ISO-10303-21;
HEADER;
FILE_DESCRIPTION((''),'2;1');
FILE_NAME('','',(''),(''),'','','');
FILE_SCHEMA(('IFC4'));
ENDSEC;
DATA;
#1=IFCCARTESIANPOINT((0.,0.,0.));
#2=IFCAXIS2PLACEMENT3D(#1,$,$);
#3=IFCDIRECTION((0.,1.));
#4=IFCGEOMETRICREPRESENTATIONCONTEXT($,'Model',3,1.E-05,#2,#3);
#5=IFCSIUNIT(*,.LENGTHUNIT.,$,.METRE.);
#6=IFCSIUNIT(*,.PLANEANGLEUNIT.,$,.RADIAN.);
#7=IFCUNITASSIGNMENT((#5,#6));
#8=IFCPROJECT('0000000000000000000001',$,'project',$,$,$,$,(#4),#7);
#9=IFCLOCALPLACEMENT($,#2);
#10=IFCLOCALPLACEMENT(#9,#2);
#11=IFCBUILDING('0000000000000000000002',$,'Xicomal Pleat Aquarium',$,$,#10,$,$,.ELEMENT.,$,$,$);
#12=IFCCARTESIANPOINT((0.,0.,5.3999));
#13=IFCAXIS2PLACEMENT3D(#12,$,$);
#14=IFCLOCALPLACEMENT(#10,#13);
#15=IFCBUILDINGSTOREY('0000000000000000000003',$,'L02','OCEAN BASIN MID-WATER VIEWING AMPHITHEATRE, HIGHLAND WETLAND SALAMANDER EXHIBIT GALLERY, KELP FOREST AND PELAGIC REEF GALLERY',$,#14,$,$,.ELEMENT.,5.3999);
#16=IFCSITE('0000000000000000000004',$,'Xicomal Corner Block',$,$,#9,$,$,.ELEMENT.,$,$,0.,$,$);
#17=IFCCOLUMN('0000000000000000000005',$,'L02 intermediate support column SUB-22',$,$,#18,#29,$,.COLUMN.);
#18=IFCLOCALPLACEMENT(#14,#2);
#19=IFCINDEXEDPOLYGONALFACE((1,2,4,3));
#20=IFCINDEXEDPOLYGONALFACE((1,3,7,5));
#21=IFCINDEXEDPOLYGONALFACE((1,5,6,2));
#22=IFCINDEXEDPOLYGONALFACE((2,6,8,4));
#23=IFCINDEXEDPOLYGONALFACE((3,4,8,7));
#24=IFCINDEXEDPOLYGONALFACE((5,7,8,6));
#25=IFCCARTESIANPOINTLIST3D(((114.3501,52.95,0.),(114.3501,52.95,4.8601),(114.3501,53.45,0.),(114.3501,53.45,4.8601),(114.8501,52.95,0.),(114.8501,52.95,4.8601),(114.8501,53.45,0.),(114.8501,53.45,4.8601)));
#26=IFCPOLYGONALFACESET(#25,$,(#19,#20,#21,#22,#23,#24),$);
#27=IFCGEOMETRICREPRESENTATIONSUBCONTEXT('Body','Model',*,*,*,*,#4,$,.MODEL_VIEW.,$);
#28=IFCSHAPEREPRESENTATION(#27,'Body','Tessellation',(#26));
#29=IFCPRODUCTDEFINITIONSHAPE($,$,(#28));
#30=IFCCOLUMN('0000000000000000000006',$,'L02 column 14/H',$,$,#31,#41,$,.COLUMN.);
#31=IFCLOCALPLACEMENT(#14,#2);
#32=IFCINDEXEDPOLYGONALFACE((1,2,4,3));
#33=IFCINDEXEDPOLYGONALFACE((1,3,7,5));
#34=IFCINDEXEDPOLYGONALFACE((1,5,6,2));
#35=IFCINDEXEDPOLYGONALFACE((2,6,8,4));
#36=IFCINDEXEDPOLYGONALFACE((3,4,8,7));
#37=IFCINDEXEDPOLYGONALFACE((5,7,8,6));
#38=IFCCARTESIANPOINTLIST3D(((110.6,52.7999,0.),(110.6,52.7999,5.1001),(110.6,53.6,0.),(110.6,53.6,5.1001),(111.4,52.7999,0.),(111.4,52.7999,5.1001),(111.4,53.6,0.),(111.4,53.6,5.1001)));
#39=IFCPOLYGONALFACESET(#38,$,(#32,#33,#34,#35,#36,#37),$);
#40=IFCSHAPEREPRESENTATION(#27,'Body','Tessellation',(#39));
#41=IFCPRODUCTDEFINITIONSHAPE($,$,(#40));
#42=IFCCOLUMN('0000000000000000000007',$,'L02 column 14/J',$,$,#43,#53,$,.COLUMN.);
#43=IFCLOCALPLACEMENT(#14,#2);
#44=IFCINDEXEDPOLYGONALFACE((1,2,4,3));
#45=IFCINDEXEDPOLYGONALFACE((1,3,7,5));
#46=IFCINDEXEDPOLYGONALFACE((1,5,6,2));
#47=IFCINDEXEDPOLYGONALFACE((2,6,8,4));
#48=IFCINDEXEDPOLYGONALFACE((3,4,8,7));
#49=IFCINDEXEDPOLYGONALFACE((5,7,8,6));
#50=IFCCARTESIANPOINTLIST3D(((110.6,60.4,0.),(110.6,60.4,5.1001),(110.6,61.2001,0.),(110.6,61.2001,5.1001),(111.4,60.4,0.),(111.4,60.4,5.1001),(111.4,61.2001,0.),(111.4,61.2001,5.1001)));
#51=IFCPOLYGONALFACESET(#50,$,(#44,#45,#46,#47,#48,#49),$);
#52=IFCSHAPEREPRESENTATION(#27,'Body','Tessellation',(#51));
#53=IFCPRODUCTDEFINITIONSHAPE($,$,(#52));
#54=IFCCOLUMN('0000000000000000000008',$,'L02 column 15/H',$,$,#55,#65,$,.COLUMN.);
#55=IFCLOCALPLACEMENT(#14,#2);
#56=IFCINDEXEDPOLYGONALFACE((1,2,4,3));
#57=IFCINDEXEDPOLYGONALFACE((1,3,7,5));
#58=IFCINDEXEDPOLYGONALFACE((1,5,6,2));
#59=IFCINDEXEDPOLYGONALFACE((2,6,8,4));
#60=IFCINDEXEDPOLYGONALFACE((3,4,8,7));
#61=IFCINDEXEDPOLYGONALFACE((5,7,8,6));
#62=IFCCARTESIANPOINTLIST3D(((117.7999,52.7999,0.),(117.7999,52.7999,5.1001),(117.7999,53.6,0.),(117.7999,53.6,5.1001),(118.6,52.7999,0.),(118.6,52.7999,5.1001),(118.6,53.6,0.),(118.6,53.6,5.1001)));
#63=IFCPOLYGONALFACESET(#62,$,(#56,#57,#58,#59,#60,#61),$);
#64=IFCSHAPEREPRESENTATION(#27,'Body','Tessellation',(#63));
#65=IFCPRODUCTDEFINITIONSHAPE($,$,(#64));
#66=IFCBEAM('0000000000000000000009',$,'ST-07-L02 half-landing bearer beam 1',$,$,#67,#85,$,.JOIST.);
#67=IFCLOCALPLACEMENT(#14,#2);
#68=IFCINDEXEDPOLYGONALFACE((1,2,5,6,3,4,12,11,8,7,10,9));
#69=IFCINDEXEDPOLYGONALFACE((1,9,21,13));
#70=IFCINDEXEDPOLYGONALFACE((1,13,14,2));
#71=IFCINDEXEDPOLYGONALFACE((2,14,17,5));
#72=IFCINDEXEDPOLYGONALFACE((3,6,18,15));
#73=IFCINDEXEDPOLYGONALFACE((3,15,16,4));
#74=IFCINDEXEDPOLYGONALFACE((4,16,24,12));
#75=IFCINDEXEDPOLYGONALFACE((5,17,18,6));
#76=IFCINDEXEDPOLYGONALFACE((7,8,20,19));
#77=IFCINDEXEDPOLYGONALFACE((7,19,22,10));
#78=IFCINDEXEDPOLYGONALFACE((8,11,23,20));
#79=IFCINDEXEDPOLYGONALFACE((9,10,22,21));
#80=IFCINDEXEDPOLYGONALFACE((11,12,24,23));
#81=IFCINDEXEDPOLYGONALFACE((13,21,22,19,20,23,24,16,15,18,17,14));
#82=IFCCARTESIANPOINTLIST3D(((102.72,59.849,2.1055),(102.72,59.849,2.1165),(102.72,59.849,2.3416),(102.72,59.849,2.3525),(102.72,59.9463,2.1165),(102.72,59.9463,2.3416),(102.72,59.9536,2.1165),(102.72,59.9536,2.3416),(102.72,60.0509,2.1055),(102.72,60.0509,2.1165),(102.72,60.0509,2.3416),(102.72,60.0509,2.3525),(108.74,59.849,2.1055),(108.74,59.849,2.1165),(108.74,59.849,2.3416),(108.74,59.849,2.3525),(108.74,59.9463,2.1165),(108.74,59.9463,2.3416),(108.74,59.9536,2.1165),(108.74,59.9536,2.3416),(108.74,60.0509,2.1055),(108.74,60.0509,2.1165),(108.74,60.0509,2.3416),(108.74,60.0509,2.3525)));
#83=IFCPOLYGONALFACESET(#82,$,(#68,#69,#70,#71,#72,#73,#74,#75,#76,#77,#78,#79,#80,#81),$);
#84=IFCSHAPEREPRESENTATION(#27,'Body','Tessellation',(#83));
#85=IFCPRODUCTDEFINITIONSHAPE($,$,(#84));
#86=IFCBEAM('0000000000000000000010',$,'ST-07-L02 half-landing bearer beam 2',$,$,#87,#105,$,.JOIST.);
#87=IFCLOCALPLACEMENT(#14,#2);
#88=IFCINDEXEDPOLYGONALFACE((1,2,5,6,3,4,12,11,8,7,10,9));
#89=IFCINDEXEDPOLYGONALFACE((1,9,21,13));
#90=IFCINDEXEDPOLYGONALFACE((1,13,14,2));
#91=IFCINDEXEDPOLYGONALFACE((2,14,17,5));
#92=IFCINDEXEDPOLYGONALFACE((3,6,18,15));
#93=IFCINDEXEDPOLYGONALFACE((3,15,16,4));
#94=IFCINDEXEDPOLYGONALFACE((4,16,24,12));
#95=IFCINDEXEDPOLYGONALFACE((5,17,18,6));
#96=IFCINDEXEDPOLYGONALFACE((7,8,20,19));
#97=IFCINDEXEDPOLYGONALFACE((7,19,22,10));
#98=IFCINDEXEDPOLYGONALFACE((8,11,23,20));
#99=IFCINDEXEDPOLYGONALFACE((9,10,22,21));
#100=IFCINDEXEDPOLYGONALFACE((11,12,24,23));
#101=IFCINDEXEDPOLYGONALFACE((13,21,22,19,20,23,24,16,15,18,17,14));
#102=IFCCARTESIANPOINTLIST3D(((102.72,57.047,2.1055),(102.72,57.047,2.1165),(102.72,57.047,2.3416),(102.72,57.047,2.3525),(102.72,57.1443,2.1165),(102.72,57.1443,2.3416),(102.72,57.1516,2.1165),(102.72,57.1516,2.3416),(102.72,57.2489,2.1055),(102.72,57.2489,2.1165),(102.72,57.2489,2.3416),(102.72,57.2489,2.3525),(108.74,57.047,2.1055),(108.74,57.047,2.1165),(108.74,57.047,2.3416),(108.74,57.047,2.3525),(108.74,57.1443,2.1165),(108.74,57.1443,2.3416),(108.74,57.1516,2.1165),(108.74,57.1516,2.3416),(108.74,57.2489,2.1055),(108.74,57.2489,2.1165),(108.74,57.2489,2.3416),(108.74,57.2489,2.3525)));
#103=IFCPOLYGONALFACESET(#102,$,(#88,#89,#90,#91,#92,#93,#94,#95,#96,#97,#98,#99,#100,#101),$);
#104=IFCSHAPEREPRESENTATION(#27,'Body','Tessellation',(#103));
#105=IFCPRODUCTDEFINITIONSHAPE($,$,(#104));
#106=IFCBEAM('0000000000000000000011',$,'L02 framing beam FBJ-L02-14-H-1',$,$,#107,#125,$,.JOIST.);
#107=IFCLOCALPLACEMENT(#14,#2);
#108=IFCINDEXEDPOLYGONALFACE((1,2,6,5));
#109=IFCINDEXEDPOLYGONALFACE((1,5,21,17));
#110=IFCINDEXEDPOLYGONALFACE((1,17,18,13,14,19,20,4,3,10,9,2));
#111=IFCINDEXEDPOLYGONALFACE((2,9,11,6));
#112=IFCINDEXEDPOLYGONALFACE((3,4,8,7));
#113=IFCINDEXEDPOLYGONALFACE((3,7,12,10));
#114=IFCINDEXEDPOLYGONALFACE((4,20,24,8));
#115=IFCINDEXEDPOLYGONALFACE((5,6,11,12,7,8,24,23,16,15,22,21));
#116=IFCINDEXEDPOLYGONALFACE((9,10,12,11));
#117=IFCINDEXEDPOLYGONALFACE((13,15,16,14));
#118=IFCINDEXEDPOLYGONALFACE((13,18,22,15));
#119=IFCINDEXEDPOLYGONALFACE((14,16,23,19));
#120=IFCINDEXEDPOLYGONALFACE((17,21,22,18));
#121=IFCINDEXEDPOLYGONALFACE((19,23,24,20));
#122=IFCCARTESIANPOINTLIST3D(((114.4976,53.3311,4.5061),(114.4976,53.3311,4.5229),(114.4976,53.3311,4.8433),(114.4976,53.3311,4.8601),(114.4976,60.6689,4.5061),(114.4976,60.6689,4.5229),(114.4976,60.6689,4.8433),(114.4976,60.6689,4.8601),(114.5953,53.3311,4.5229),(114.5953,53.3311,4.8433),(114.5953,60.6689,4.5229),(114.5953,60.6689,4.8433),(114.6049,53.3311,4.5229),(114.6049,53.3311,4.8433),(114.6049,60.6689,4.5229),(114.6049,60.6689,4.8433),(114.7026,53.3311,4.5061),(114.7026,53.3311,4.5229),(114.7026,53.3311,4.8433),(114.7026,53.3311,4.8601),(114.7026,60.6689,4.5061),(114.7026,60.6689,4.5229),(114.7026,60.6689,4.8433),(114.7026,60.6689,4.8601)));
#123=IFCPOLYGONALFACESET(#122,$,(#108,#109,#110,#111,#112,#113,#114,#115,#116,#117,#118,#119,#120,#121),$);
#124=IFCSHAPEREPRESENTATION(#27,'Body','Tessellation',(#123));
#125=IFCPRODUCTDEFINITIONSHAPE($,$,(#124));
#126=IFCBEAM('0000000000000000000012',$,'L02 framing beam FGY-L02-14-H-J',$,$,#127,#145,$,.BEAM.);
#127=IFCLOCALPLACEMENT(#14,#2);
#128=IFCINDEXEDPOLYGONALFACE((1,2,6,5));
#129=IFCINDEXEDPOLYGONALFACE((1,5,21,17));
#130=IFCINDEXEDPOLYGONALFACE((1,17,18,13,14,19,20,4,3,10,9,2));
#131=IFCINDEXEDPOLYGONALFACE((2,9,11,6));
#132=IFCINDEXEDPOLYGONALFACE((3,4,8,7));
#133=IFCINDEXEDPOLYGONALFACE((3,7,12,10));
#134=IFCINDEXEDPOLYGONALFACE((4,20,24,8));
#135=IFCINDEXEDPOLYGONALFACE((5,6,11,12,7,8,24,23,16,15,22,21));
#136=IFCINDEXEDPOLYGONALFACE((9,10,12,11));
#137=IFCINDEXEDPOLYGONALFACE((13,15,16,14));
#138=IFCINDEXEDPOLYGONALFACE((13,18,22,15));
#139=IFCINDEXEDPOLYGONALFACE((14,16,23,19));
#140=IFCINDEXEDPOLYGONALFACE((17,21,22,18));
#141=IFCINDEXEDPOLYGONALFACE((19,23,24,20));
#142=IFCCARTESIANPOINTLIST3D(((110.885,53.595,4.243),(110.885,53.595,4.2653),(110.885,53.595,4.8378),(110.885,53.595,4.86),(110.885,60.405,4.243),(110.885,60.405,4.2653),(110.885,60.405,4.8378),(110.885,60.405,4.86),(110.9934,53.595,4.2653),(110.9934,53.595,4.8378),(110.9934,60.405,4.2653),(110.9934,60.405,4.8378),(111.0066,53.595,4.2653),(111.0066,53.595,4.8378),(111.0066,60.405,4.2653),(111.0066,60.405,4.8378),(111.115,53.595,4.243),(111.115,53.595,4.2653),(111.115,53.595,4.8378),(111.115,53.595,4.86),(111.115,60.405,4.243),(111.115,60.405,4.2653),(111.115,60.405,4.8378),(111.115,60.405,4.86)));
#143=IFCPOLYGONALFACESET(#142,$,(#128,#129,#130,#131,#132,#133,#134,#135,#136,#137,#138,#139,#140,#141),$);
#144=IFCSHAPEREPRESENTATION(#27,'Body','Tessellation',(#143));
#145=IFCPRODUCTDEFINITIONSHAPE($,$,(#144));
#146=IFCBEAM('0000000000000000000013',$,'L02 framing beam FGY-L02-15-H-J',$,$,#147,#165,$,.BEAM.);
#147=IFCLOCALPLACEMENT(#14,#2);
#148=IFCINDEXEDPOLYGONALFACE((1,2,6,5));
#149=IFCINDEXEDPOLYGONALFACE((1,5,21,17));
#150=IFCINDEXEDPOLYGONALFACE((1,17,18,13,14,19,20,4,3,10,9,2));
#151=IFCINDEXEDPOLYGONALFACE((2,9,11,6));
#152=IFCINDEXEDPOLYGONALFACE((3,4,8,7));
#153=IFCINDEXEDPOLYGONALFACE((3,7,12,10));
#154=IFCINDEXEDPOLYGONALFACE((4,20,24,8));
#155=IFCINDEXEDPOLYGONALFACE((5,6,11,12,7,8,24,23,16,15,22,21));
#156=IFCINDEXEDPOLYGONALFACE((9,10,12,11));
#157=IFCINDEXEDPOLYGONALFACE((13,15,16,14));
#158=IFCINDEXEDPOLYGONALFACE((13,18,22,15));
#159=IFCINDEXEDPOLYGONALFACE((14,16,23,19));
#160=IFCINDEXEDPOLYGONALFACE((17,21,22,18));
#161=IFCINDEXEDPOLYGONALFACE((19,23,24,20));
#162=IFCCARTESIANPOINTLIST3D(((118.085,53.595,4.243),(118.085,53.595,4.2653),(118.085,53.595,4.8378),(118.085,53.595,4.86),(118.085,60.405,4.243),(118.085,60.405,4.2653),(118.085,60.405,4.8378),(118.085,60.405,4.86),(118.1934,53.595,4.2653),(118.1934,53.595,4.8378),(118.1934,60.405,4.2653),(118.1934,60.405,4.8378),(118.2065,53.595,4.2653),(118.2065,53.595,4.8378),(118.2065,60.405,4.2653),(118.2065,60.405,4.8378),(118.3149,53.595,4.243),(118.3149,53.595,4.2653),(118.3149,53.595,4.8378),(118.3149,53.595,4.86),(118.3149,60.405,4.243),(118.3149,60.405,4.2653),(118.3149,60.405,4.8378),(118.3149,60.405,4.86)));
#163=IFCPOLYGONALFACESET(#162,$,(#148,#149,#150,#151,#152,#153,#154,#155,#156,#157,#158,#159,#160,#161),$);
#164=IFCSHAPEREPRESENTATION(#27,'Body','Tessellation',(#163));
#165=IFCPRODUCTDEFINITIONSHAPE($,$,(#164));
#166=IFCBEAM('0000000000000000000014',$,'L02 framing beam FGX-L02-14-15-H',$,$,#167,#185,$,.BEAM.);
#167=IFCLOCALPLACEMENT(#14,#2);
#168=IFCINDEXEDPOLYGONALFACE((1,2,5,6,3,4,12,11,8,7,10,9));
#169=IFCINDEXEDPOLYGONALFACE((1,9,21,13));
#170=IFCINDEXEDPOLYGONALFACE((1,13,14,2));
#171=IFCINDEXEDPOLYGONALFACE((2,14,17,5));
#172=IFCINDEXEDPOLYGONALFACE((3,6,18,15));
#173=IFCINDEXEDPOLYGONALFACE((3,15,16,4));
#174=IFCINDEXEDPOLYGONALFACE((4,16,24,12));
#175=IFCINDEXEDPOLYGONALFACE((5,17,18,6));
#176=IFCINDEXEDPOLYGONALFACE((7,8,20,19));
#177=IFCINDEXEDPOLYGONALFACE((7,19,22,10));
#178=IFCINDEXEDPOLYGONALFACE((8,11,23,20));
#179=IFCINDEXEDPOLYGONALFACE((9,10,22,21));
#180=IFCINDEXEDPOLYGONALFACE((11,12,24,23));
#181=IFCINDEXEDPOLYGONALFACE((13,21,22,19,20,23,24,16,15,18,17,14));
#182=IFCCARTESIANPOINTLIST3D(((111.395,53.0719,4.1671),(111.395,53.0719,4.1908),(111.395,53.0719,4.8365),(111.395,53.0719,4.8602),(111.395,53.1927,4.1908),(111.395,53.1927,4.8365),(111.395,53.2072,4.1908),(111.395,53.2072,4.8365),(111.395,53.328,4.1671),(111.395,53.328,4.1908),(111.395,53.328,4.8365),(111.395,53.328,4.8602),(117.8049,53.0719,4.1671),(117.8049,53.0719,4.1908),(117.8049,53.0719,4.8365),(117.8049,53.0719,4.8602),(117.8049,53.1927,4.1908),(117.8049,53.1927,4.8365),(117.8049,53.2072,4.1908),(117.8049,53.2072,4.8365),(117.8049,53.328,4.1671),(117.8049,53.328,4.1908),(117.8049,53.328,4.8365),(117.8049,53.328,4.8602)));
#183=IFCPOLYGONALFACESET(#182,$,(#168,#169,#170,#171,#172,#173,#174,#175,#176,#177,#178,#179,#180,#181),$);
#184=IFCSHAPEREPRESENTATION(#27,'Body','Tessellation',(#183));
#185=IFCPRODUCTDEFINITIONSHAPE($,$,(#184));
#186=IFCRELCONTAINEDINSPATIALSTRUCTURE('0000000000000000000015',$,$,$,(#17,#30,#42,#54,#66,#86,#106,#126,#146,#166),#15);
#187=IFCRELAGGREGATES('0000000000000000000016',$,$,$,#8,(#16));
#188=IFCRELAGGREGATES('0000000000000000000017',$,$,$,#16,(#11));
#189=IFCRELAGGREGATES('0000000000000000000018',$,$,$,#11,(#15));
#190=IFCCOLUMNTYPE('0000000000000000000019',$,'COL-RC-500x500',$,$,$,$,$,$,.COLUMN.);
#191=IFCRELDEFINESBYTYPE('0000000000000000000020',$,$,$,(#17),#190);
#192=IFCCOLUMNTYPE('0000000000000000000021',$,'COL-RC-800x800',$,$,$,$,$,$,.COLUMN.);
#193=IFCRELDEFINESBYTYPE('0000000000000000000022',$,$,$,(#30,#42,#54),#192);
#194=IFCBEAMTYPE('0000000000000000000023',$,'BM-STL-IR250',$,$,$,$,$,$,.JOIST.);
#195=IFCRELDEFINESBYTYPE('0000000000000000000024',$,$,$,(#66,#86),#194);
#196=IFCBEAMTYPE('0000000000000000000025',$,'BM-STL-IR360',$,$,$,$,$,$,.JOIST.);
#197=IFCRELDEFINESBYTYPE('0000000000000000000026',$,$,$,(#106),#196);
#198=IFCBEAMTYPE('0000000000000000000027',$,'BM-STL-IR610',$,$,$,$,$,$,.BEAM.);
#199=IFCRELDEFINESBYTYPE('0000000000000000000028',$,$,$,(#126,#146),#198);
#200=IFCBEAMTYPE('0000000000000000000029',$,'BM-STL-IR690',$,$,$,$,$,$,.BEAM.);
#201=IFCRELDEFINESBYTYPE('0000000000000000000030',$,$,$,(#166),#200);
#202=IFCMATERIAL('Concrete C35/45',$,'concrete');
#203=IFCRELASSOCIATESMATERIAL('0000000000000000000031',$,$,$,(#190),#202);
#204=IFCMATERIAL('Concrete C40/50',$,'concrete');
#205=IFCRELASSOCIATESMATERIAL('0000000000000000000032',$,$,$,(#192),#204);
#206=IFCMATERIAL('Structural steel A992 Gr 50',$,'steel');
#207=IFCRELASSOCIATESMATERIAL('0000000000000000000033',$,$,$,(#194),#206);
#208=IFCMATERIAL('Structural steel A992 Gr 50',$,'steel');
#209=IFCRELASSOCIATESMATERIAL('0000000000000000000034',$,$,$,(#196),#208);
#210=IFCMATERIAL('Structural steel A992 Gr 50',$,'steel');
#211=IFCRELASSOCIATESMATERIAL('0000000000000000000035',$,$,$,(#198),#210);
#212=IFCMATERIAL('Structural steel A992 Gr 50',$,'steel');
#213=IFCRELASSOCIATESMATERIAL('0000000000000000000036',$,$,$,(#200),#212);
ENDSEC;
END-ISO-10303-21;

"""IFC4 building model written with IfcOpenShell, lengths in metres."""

from ifc_helpers import new_model, si_unit, direction, frame, origin, origin_2d, place, context, subcontext, project, spatial, rectangle, i_section, extrude, material, material_profile, profile_set, type_object, element, save


model = new_model("IFC4")

# Units and contexts
model_context = context("Model", 3, precision=1e-05, world=origin(), true_north=direction((0.0, 1.0)))
body_context = subcontext(model_context, "Body", "Model", "MODEL_VIEW")
ifc_project = project(units=[si_unit("LENGTHUNIT", "METRE"), si_unit("PLANEANGLEUNIT", "RADIAN")], contexts=[model_context])

# Site, building, storey
site_placement = place(None, origin())
site = spatial("IfcSite", under=ifc_project, at=site_placement, Name="Xicomal Corner Block", CompositionType="ELEMENT", RefElevation=0.0)
building_placement = place(site_placement, origin())
building = spatial("IfcBuilding", under=site, at=building_placement, Name="Xicomal Pleat Aquarium", CompositionType="ELEMENT")
storey_placement = place(building_placement, frame((0.0, 0.0, 5.3999)))
storey = spatial("IfcBuildingStorey", under=building, at=storey_placement, Name="L02", Description="OCEAN BASIN MID-WATER VIEWING AMPHITHEATRE, HIGHLAND WETLAND SALAMANDER EXHIBIT GALLERY, KELP FOREST AND PELAGIC REEF GALLERY", CompositionType="ELEMENT", Elevation=5.3999)

# Columns
ifc_material_1 = material(Name="Concrete C35/45", Category="concrete")
ifc_material_profile_1 = material_profile(ifc_material_1, rectangle(XDim=0.5, YDim=0.5, at=origin_2d()), Name="RC 500x500")
ifc_profile_set_1 = profile_set([ifc_material_profile_1], Name="Concrete C35/45")
column_type_1 = type_object("IfcColumnType", Name="COL-RC-500x500", PredefinedType="COLUMN", material=ifc_profile_set_1)
column_placement = place(storey_placement, frame((114.6001, 53.2, 0.0), z_axis=(0.0, 0.0, 1.0), x_axis=(1.0, 0.0, 0.0)))
element("IfcColumn", 1, at=column_placement, inside=storey, type_object=column_type_1, Name="L02 intermediate support column SUB-22", PredefinedType="COLUMN", context=body_context, shape_type="SweptSolid", body=[
    extrude(rectangle(XDim=0.5, YDim=0.5, at=origin_2d()), origin(), (0.0, 0.0, 1.0), 4.8601),
])
ifc_material_2 = material(Name="Concrete C40/50", Category="concrete")
ifc_material_profile_2 = material_profile(ifc_material_2, rectangle(XDim=0.8, YDim=0.8, at=origin_2d()), Name="RC 800x800")
ifc_profile_set_2 = profile_set([ifc_material_profile_2], Name="Concrete C40/50")
column_type_2 = type_object("IfcColumnType", Name="COL-RC-800x800", PredefinedType="COLUMN", material=ifc_profile_set_2)
for number, where, z_axis, x_axis, name in (
    (2, (111.0, 53.2, 0.0), (0.0, 0.0, 1.0), (1.0, 0.0, 0.0), "L02 column 14/H"),
    (3, (111.0, 60.8, 0.0), (0.0, 0.0, 1.0), (1.0, 0.0, 0.0), "L02 column 14/J"),
    (4, (118.2, 53.2, 0.0), (0.0, 0.0, 1.0), (1.0, 0.0, 0.0), "L02 column 15/H"),
):
    element("IfcColumn", number, at=place(storey_placement, frame(where, z_axis=z_axis, x_axis=x_axis)), inside=storey, type_object=column_type_2, Name=name, PredefinedType="COLUMN", context=body_context, shape_type="SweptSolid", body=[
        extrude(rectangle(XDim=0.8, YDim=0.8, at=origin_2d()), origin(), (0.0, 0.0, 1.0), 5.1001),
    ])

# Beams
ifc_material_3 = material(Name="Structural steel A992 Gr 50", Category="steel")
ifc_material_profile_3 = material_profile(ifc_material_3, i_section(OverallWidth=0.2019, OverallDepth=0.2471, WebThickness=0.0073, FlangeThickness=0.011, at=origin_2d()), Name="IR 250x49")
ifc_profile_set_3 = profile_set([ifc_material_profile_3], Name="Structural steel A992 Gr 50")
beam_type_1 = type_object("IfcBeamType", Name="BM-STL-IR250", PredefinedType="JOIST", material=ifc_profile_set_3)
for number, where, z_axis, x_axis, name in (
    (5, (102.72, 59.95, 2.229), (1.0, 0.0, 0.0), (0.0, 1.0, 0.0), "ST-07-L02 half-landing bearer beam 1"),
    (6, (102.72, 57.1479, 2.229), (1.0, 0.0, 0.0), (0.0, 1.0, 0.0), "ST-07-L02 half-landing bearer beam 2"),
):
    element("IfcBeam", number, at=place(storey_placement, frame(where, z_axis=z_axis, x_axis=x_axis)), inside=storey, type_object=beam_type_1, Name=name, PredefinedType="JOIST", context=body_context, shape_type="SweptSolid", body=[
        extrude(i_section(OverallWidth=0.2019, OverallDepth=0.2471, WebThickness=0.0073, FlangeThickness=0.011, at=origin_2d()), origin(), (0.0, 0.0, 1.0), 6.02),
    ])
ifc_material_4 = material(Name="Structural steel A992 Gr 50", Category="steel")
ifc_material_profile_4 = material_profile(ifc_material_4, i_section(OverallWidth=0.2051, OverallDepth=0.354, WebThickness=0.0095, FlangeThickness=0.0168, at=origin_2d()), Name="IR 360x79")
ifc_profile_set_4 = profile_set([ifc_material_profile_4], Name="Structural steel A992 Gr 50")
beam_type_2 = type_object("IfcBeamType", Name="BM-STL-IR360", PredefinedType="JOIST", material=ifc_profile_set_4)
beam_1_placement = place(storey_placement, frame((114.6001, 53.3311, 4.6831), z_axis=(0.0, 1.0, 0.0), x_axis=(-1.0, 0.0, 0.0)))
element("IfcBeam", 7, at=beam_1_placement, inside=storey, type_object=beam_type_2, Name="L02 framing beam FBJ-L02-14-H-1", PredefinedType="JOIST", context=body_context, shape_type="SweptSolid", body=[
    extrude(i_section(OverallWidth=0.2051, OverallDepth=0.354, WebThickness=0.0095, FlangeThickness=0.0168, at=origin_2d()), origin(), (0.0, 0.0, 1.0), 7.3379),
])
ifc_material_5 = material(Name="Structural steel A992 Gr 50", Category="steel")
ifc_material_profile_5 = material_profile(ifc_material_5, i_section(OverallWidth=0.23, OverallDepth=0.6169, WebThickness=0.0132, FlangeThickness=0.0222, at=origin_2d()), Name="IR 610x140")
ifc_profile_set_5 = profile_set([ifc_material_profile_5], Name="Structural steel A992 Gr 50")
beam_type_3 = type_object("IfcBeamType", Name="BM-STL-IR610", PredefinedType="BEAM", material=ifc_profile_set_5)
for number, where, z_axis, x_axis, name in (
    (8, (111.0, 53.595, 4.5515), (0.0, 1.0, 0.0), (-1.0, 0.0, 0.0), "L02 framing beam FGY-L02-14-H-J"),
    (9, (118.2, 53.595, 4.5515), (0.0, 1.0, 0.0), (-1.0, 0.0, 0.0), "L02 framing beam FGY-L02-15-H-J"),
):
    element("IfcBeam", number, at=place(storey_placement, frame(where, z_axis=z_axis, x_axis=x_axis)), inside=storey, type_object=beam_type_3, Name=name, PredefinedType="BEAM", context=body_context, shape_type="SweptSolid", body=[
        extrude(i_section(OverallWidth=0.23, OverallDepth=0.6169, WebThickness=0.0132, FlangeThickness=0.0222, at=origin_2d()), origin(), (0.0, 0.0, 1.0), 6.8101),
    ])
ifc_material_6 = material(Name="Structural steel A992 Gr 50", Category="steel")
ifc_material_profile_6 = material_profile(ifc_material_6, i_section(OverallWidth=0.2561, OverallDepth=0.6931, WebThickness=0.0144, FlangeThickness=0.0237, at=origin_2d()), Name="IR 690x170")
ifc_profile_set_6 = profile_set([ifc_material_profile_6], Name="Structural steel A992 Gr 50")
beam_type_4 = type_object("IfcBeamType", Name="BM-STL-IR690", PredefinedType="BEAM", material=ifc_profile_set_6)
beam_2_placement = place(storey_placement, frame((111.395, 53.2, 4.5137), z_axis=(1.0, 0.0, 0.0), x_axis=(0.0, 1.0, 0.0)))
element("IfcBeam", 10, at=beam_2_placement, inside=storey, type_object=beam_type_4, Name="L02 framing beam FGX-L02-14-15-H", PredefinedType="BEAM", context=body_context, shape_type="SweptSolid", body=[
    extrude(i_section(OverallWidth=0.2561, OverallDepth=0.6931, WebThickness=0.0144, FlangeThickness=0.0237, at=origin_2d()), origin(), (0.0, 0.0, 1.0), 6.4099),
])

save(model, "model.ifc")
